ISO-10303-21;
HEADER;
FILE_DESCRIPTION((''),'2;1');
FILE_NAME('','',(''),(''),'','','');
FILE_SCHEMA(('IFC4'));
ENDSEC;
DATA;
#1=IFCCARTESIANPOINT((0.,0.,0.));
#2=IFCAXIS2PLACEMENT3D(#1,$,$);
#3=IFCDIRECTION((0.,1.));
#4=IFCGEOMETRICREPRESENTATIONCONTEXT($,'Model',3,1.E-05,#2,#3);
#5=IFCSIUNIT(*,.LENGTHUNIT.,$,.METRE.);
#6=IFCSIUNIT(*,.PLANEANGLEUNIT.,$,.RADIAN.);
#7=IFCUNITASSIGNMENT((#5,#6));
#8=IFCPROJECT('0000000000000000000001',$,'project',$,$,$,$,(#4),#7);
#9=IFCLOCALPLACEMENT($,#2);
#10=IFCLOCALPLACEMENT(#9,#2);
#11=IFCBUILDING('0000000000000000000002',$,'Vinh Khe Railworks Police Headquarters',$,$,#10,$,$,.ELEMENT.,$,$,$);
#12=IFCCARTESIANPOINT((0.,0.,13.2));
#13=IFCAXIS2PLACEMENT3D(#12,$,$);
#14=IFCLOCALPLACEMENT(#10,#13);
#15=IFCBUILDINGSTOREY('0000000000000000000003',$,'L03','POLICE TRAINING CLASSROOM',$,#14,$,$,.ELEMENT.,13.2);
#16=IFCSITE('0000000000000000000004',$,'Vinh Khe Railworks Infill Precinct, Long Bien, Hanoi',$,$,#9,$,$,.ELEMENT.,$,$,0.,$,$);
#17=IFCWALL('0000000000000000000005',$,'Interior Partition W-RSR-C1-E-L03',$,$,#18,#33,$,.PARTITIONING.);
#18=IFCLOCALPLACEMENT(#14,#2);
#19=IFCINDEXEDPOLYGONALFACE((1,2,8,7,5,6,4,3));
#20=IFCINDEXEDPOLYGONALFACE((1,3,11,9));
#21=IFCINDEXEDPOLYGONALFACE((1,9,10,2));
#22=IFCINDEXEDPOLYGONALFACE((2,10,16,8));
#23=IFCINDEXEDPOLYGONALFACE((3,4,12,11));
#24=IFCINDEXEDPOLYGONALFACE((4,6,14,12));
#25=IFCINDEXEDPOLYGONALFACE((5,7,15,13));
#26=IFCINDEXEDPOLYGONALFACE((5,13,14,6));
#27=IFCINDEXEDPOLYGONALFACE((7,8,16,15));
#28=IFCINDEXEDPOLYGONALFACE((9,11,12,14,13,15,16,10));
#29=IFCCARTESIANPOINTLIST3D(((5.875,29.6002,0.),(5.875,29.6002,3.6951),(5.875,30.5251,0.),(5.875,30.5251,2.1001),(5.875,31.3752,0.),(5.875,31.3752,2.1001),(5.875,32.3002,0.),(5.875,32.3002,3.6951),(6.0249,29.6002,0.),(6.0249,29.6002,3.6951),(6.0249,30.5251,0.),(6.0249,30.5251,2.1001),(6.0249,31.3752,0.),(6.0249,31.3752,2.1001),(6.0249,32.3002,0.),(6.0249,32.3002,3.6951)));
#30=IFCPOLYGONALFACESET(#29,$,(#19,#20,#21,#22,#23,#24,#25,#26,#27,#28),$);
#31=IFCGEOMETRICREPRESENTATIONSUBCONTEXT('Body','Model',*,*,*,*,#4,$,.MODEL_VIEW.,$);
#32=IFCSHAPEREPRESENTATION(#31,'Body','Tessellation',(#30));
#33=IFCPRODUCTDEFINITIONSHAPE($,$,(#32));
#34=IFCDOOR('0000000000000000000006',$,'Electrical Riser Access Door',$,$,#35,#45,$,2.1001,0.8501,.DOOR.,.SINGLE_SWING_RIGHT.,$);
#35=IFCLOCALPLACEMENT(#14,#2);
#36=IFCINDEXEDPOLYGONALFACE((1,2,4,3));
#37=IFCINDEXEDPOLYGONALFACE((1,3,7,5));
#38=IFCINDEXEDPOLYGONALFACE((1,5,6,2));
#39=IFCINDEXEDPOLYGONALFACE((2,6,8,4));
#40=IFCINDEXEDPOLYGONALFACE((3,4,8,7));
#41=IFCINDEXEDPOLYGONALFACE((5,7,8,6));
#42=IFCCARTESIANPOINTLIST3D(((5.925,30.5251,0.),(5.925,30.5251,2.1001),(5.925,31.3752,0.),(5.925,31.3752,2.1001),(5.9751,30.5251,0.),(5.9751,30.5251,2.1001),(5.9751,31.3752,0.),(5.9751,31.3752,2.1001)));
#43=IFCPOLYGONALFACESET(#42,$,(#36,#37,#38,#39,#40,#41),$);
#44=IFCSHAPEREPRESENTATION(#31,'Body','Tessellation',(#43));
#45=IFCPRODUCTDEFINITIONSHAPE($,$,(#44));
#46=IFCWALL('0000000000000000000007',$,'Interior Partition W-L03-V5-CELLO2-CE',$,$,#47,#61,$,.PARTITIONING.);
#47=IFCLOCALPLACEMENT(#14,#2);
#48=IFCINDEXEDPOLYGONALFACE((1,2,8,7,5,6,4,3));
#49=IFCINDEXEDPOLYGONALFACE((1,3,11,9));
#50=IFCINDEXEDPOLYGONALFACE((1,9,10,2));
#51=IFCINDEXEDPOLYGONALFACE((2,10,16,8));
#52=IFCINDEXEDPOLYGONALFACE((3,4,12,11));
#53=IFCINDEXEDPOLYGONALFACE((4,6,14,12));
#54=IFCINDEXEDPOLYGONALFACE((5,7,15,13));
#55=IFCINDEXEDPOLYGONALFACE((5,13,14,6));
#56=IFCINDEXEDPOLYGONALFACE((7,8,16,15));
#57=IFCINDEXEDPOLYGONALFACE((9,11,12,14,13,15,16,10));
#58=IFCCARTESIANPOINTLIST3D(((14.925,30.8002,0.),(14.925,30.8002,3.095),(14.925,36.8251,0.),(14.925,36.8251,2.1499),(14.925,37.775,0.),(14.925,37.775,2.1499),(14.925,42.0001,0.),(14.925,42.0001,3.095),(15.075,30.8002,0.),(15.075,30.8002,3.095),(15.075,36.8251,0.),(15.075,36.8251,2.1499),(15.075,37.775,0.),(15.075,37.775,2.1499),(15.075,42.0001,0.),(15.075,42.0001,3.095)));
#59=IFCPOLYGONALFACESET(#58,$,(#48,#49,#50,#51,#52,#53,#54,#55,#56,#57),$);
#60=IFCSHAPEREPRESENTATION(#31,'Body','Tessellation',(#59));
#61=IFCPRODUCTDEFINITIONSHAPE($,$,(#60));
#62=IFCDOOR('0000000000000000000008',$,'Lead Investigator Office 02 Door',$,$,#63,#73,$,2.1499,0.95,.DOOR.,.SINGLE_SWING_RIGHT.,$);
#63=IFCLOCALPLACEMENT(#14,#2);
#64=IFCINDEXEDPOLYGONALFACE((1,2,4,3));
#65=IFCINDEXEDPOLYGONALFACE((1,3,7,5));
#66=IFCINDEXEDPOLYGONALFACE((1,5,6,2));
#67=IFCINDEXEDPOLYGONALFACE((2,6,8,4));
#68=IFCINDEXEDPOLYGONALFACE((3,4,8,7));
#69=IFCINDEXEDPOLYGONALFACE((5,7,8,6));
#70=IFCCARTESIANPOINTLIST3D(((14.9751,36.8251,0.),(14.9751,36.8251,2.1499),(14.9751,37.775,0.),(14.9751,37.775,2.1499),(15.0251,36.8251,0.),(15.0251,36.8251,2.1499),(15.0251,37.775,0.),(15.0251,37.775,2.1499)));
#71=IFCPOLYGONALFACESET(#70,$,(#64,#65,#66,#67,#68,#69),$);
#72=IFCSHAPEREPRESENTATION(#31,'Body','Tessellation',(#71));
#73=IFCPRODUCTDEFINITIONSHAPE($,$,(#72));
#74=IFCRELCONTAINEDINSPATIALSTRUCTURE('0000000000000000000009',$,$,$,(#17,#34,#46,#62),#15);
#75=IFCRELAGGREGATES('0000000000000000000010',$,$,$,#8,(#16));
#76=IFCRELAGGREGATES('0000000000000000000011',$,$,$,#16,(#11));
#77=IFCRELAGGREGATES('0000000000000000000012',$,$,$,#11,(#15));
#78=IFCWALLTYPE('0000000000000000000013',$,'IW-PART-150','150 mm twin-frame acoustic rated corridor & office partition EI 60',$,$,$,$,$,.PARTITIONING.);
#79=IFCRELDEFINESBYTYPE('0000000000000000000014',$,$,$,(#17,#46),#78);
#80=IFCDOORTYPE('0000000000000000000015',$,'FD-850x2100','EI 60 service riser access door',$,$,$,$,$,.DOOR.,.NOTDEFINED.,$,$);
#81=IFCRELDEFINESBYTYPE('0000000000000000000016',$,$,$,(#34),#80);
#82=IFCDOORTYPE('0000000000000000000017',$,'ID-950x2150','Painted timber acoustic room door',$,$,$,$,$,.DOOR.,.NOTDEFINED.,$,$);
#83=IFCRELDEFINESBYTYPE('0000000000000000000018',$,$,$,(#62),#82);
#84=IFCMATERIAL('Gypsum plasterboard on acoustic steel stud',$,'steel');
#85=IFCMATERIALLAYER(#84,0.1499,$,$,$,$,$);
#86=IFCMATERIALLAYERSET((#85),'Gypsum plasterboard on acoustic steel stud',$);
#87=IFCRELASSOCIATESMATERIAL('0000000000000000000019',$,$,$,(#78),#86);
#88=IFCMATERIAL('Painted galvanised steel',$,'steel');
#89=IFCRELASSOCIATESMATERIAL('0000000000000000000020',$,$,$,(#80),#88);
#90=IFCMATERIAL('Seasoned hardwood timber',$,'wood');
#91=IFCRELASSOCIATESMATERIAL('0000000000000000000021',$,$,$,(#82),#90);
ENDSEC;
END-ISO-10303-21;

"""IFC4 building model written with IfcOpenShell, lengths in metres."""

from ifc_helpers import new_model, si_unit, direction, frame, frame_2d, origin, place, context, subcontext, project, spatial, rectangle, extrude, material, layer, layer_set, type_object, element, fill, save


model = new_model("IFC4")

# Units and contexts
model_context = context("Model", 3, precision=1e-05, world=origin(), true_north=direction((0.0, 1.0)))
body_context = subcontext(model_context, "Body", "Model", "MODEL_VIEW")
ifc_project = project(units=[si_unit("LENGTHUNIT", "METRE"), si_unit("PLANEANGLEUNIT", "RADIAN")], contexts=[model_context])

# Site, building, storey
site_placement = place(None, origin())
site = spatial("IfcSite", under=ifc_project, at=site_placement, Name="Vinh Khe Railworks Infill Precinct, Long Bien, Hanoi", CompositionType="ELEMENT", RefElevation=0.0)
building_placement = place(site_placement, origin())
building = spatial("IfcBuilding", under=site, at=building_placement, Name="Vinh Khe Railworks Police Headquarters", CompositionType="ELEMENT")
storey_placement = place(building_placement, frame((0.0, 0.0, 13.2)))
storey = spatial("IfcBuildingStorey", under=building, at=storey_placement, Name="L03", Description="POLICE TRAINING CLASSROOM", CompositionType="ELEMENT", Elevation=13.2)

# Shared definitions
ifc_material_1 = material(Name="Painted galvanised steel", Category="steel")

# Walls, openings, doors
ifc_material_2 = material(Name="Gypsum plasterboard on acoustic steel stud", Category="steel")
ifc_layer_1 = layer(ifc_material_2, 0.1499)
ifc_layer_set_1 = layer_set([ifc_layer_1], Name="Gypsum plasterboard on acoustic steel stud")
wall_type_1 = type_object("IfcWallType", Name="IW-PART-150", Description="150 mm twin-frame acoustic rated corridor & office partition EI 60", PredefinedType="PARTITIONING", material=ifc_layer_set_1)
wall_1_placement = place(storey_placement, frame((5.95, 29.6001, 0.0), z_axis=(0.0, 0.0, 1.0), x_axis=(0.0, 1.0, 0.0)))
wall_1 = element("IfcWall", 1, at=wall_1_placement, inside=storey, type_object=wall_type_1, Name="Interior Partition W-RSR-C1-E-L03", PredefinedType="PARTITIONING", context=body_context, shape_type="SweptSolid", body=[
    extrude(rectangle(XDim=2.7, YDim=0.1499, at=frame_2d((1.3501, 0.0))), origin(), (0.0, 0.0, 1.0), 3.6951),
])
opening_1_placement = place(wall_1_placement, frame((0.925, 0.0, 0.0)))
opening_1 = element("IfcOpeningElement", 2, at=opening_1_placement, cuts=wall_1, PredefinedType="OPENING", context=body_context, shape_type="SweptSolid", body=[
    extrude(rectangle(XDim=0.8501, YDim=2.1001, at=frame_2d((0.425, 1.05))), frame((0.0, 0.0898, 0.0), z_axis=(0.0, -1.0, 0.0), x_axis=(1.0, 0.0, 0.0)), (0.0, 0.0, 1.0), 0.1797),
])
door_type_1 = type_object("IfcDoorType", Name="FD-850x2100", Description="EI 60 service riser access door", OperationType="NOTDEFINED", PredefinedType="DOOR", material=ifc_material_1)
door_1_placement = place(opening_1_placement, origin())
door_1 = element("IfcDoor", 3, at=door_1_placement, inside=storey, type_object=door_type_1, Name="Electrical Riser Access Door", OperationType="SINGLE_SWING_RIGHT", OverallHeight=2.1001, OverallWidth=0.8501, PredefinedType="DOOR", context=body_context, shape_type="SweptSolid", body=[
    extrude(rectangle(XDim=0.8501, YDim=2.1001, at=frame_2d((0.425, 1.05))), frame((0.0, 0.0249, 0.0), z_axis=(0.0, -1.0, 0.0), x_axis=(1.0, 0.0, 0.0)), (0.0, 0.0, 1.0), 0.05),
])
fill(opening_1, door_1)
wall_2_placement = place(storey_placement, frame((15.0, 30.8, 0.0), z_axis=(0.0, 0.0, 1.0), x_axis=(0.0, 1.0, 0.0)))
wall_2 = element("IfcWall", 4, at=wall_2_placement, inside=storey, type_object=wall_type_1, Name="Interior Partition W-L03-V5-CELLO2-CE", PredefinedType="PARTITIONING", context=body_context, shape_type="SweptSolid", body=[
    extrude(rectangle(XDim=11.2, YDim=0.1499, at=frame_2d((5.6001, 0.0))), origin(), (0.0, 0.0, 1.0), 3.095),
])
opening_2_placement = place(wall_2_placement, frame((6.0249, 0.0, 0.0)))
opening_2 = element("IfcOpeningElement", 5, at=opening_2_placement, cuts=wall_2, PredefinedType="OPENING", context=body_context, shape_type="SweptSolid", body=[
    extrude(rectangle(XDim=0.95, YDim=2.1499, at=frame_2d((0.4751, 1.075))), frame((0.0, 0.0898, 0.0), z_axis=(0.0, -1.0, 0.0), x_axis=(1.0, 0.0, 0.0)), (0.0, 0.0, 1.0), 0.1797),
])
ifc_material_3 = material(Name="Seasoned hardwood timber", Category="wood")
door_type_2 = type_object("IfcDoorType", Name="ID-950x2150", Description="Painted timber acoustic room door", OperationType="NOTDEFINED", PredefinedType="DOOR", material=ifc_material_3)
door_2_placement = place(opening_2_placement, origin())
door_2 = element("IfcDoor", 6, at=door_2_placement, inside=storey, type_object=door_type_2, Name="Lead Investigator Office 02 Door", OperationType="SINGLE_SWING_RIGHT", OverallHeight=2.1499, OverallWidth=0.95, PredefinedType="DOOR", context=body_context, shape_type="SweptSolid", body=[
    extrude(rectangle(XDim=0.95, YDim=2.1499, at=frame_2d((0.4751, 1.075))), frame((0.0, 0.0249, 0.0), z_axis=(0.0, -1.0, 0.0), x_axis=(1.0, 0.0, 0.0)), (0.0, 0.0, 1.0), 0.05),
])
fill(opening_2, door_2)

save(model, "model.ifc")
